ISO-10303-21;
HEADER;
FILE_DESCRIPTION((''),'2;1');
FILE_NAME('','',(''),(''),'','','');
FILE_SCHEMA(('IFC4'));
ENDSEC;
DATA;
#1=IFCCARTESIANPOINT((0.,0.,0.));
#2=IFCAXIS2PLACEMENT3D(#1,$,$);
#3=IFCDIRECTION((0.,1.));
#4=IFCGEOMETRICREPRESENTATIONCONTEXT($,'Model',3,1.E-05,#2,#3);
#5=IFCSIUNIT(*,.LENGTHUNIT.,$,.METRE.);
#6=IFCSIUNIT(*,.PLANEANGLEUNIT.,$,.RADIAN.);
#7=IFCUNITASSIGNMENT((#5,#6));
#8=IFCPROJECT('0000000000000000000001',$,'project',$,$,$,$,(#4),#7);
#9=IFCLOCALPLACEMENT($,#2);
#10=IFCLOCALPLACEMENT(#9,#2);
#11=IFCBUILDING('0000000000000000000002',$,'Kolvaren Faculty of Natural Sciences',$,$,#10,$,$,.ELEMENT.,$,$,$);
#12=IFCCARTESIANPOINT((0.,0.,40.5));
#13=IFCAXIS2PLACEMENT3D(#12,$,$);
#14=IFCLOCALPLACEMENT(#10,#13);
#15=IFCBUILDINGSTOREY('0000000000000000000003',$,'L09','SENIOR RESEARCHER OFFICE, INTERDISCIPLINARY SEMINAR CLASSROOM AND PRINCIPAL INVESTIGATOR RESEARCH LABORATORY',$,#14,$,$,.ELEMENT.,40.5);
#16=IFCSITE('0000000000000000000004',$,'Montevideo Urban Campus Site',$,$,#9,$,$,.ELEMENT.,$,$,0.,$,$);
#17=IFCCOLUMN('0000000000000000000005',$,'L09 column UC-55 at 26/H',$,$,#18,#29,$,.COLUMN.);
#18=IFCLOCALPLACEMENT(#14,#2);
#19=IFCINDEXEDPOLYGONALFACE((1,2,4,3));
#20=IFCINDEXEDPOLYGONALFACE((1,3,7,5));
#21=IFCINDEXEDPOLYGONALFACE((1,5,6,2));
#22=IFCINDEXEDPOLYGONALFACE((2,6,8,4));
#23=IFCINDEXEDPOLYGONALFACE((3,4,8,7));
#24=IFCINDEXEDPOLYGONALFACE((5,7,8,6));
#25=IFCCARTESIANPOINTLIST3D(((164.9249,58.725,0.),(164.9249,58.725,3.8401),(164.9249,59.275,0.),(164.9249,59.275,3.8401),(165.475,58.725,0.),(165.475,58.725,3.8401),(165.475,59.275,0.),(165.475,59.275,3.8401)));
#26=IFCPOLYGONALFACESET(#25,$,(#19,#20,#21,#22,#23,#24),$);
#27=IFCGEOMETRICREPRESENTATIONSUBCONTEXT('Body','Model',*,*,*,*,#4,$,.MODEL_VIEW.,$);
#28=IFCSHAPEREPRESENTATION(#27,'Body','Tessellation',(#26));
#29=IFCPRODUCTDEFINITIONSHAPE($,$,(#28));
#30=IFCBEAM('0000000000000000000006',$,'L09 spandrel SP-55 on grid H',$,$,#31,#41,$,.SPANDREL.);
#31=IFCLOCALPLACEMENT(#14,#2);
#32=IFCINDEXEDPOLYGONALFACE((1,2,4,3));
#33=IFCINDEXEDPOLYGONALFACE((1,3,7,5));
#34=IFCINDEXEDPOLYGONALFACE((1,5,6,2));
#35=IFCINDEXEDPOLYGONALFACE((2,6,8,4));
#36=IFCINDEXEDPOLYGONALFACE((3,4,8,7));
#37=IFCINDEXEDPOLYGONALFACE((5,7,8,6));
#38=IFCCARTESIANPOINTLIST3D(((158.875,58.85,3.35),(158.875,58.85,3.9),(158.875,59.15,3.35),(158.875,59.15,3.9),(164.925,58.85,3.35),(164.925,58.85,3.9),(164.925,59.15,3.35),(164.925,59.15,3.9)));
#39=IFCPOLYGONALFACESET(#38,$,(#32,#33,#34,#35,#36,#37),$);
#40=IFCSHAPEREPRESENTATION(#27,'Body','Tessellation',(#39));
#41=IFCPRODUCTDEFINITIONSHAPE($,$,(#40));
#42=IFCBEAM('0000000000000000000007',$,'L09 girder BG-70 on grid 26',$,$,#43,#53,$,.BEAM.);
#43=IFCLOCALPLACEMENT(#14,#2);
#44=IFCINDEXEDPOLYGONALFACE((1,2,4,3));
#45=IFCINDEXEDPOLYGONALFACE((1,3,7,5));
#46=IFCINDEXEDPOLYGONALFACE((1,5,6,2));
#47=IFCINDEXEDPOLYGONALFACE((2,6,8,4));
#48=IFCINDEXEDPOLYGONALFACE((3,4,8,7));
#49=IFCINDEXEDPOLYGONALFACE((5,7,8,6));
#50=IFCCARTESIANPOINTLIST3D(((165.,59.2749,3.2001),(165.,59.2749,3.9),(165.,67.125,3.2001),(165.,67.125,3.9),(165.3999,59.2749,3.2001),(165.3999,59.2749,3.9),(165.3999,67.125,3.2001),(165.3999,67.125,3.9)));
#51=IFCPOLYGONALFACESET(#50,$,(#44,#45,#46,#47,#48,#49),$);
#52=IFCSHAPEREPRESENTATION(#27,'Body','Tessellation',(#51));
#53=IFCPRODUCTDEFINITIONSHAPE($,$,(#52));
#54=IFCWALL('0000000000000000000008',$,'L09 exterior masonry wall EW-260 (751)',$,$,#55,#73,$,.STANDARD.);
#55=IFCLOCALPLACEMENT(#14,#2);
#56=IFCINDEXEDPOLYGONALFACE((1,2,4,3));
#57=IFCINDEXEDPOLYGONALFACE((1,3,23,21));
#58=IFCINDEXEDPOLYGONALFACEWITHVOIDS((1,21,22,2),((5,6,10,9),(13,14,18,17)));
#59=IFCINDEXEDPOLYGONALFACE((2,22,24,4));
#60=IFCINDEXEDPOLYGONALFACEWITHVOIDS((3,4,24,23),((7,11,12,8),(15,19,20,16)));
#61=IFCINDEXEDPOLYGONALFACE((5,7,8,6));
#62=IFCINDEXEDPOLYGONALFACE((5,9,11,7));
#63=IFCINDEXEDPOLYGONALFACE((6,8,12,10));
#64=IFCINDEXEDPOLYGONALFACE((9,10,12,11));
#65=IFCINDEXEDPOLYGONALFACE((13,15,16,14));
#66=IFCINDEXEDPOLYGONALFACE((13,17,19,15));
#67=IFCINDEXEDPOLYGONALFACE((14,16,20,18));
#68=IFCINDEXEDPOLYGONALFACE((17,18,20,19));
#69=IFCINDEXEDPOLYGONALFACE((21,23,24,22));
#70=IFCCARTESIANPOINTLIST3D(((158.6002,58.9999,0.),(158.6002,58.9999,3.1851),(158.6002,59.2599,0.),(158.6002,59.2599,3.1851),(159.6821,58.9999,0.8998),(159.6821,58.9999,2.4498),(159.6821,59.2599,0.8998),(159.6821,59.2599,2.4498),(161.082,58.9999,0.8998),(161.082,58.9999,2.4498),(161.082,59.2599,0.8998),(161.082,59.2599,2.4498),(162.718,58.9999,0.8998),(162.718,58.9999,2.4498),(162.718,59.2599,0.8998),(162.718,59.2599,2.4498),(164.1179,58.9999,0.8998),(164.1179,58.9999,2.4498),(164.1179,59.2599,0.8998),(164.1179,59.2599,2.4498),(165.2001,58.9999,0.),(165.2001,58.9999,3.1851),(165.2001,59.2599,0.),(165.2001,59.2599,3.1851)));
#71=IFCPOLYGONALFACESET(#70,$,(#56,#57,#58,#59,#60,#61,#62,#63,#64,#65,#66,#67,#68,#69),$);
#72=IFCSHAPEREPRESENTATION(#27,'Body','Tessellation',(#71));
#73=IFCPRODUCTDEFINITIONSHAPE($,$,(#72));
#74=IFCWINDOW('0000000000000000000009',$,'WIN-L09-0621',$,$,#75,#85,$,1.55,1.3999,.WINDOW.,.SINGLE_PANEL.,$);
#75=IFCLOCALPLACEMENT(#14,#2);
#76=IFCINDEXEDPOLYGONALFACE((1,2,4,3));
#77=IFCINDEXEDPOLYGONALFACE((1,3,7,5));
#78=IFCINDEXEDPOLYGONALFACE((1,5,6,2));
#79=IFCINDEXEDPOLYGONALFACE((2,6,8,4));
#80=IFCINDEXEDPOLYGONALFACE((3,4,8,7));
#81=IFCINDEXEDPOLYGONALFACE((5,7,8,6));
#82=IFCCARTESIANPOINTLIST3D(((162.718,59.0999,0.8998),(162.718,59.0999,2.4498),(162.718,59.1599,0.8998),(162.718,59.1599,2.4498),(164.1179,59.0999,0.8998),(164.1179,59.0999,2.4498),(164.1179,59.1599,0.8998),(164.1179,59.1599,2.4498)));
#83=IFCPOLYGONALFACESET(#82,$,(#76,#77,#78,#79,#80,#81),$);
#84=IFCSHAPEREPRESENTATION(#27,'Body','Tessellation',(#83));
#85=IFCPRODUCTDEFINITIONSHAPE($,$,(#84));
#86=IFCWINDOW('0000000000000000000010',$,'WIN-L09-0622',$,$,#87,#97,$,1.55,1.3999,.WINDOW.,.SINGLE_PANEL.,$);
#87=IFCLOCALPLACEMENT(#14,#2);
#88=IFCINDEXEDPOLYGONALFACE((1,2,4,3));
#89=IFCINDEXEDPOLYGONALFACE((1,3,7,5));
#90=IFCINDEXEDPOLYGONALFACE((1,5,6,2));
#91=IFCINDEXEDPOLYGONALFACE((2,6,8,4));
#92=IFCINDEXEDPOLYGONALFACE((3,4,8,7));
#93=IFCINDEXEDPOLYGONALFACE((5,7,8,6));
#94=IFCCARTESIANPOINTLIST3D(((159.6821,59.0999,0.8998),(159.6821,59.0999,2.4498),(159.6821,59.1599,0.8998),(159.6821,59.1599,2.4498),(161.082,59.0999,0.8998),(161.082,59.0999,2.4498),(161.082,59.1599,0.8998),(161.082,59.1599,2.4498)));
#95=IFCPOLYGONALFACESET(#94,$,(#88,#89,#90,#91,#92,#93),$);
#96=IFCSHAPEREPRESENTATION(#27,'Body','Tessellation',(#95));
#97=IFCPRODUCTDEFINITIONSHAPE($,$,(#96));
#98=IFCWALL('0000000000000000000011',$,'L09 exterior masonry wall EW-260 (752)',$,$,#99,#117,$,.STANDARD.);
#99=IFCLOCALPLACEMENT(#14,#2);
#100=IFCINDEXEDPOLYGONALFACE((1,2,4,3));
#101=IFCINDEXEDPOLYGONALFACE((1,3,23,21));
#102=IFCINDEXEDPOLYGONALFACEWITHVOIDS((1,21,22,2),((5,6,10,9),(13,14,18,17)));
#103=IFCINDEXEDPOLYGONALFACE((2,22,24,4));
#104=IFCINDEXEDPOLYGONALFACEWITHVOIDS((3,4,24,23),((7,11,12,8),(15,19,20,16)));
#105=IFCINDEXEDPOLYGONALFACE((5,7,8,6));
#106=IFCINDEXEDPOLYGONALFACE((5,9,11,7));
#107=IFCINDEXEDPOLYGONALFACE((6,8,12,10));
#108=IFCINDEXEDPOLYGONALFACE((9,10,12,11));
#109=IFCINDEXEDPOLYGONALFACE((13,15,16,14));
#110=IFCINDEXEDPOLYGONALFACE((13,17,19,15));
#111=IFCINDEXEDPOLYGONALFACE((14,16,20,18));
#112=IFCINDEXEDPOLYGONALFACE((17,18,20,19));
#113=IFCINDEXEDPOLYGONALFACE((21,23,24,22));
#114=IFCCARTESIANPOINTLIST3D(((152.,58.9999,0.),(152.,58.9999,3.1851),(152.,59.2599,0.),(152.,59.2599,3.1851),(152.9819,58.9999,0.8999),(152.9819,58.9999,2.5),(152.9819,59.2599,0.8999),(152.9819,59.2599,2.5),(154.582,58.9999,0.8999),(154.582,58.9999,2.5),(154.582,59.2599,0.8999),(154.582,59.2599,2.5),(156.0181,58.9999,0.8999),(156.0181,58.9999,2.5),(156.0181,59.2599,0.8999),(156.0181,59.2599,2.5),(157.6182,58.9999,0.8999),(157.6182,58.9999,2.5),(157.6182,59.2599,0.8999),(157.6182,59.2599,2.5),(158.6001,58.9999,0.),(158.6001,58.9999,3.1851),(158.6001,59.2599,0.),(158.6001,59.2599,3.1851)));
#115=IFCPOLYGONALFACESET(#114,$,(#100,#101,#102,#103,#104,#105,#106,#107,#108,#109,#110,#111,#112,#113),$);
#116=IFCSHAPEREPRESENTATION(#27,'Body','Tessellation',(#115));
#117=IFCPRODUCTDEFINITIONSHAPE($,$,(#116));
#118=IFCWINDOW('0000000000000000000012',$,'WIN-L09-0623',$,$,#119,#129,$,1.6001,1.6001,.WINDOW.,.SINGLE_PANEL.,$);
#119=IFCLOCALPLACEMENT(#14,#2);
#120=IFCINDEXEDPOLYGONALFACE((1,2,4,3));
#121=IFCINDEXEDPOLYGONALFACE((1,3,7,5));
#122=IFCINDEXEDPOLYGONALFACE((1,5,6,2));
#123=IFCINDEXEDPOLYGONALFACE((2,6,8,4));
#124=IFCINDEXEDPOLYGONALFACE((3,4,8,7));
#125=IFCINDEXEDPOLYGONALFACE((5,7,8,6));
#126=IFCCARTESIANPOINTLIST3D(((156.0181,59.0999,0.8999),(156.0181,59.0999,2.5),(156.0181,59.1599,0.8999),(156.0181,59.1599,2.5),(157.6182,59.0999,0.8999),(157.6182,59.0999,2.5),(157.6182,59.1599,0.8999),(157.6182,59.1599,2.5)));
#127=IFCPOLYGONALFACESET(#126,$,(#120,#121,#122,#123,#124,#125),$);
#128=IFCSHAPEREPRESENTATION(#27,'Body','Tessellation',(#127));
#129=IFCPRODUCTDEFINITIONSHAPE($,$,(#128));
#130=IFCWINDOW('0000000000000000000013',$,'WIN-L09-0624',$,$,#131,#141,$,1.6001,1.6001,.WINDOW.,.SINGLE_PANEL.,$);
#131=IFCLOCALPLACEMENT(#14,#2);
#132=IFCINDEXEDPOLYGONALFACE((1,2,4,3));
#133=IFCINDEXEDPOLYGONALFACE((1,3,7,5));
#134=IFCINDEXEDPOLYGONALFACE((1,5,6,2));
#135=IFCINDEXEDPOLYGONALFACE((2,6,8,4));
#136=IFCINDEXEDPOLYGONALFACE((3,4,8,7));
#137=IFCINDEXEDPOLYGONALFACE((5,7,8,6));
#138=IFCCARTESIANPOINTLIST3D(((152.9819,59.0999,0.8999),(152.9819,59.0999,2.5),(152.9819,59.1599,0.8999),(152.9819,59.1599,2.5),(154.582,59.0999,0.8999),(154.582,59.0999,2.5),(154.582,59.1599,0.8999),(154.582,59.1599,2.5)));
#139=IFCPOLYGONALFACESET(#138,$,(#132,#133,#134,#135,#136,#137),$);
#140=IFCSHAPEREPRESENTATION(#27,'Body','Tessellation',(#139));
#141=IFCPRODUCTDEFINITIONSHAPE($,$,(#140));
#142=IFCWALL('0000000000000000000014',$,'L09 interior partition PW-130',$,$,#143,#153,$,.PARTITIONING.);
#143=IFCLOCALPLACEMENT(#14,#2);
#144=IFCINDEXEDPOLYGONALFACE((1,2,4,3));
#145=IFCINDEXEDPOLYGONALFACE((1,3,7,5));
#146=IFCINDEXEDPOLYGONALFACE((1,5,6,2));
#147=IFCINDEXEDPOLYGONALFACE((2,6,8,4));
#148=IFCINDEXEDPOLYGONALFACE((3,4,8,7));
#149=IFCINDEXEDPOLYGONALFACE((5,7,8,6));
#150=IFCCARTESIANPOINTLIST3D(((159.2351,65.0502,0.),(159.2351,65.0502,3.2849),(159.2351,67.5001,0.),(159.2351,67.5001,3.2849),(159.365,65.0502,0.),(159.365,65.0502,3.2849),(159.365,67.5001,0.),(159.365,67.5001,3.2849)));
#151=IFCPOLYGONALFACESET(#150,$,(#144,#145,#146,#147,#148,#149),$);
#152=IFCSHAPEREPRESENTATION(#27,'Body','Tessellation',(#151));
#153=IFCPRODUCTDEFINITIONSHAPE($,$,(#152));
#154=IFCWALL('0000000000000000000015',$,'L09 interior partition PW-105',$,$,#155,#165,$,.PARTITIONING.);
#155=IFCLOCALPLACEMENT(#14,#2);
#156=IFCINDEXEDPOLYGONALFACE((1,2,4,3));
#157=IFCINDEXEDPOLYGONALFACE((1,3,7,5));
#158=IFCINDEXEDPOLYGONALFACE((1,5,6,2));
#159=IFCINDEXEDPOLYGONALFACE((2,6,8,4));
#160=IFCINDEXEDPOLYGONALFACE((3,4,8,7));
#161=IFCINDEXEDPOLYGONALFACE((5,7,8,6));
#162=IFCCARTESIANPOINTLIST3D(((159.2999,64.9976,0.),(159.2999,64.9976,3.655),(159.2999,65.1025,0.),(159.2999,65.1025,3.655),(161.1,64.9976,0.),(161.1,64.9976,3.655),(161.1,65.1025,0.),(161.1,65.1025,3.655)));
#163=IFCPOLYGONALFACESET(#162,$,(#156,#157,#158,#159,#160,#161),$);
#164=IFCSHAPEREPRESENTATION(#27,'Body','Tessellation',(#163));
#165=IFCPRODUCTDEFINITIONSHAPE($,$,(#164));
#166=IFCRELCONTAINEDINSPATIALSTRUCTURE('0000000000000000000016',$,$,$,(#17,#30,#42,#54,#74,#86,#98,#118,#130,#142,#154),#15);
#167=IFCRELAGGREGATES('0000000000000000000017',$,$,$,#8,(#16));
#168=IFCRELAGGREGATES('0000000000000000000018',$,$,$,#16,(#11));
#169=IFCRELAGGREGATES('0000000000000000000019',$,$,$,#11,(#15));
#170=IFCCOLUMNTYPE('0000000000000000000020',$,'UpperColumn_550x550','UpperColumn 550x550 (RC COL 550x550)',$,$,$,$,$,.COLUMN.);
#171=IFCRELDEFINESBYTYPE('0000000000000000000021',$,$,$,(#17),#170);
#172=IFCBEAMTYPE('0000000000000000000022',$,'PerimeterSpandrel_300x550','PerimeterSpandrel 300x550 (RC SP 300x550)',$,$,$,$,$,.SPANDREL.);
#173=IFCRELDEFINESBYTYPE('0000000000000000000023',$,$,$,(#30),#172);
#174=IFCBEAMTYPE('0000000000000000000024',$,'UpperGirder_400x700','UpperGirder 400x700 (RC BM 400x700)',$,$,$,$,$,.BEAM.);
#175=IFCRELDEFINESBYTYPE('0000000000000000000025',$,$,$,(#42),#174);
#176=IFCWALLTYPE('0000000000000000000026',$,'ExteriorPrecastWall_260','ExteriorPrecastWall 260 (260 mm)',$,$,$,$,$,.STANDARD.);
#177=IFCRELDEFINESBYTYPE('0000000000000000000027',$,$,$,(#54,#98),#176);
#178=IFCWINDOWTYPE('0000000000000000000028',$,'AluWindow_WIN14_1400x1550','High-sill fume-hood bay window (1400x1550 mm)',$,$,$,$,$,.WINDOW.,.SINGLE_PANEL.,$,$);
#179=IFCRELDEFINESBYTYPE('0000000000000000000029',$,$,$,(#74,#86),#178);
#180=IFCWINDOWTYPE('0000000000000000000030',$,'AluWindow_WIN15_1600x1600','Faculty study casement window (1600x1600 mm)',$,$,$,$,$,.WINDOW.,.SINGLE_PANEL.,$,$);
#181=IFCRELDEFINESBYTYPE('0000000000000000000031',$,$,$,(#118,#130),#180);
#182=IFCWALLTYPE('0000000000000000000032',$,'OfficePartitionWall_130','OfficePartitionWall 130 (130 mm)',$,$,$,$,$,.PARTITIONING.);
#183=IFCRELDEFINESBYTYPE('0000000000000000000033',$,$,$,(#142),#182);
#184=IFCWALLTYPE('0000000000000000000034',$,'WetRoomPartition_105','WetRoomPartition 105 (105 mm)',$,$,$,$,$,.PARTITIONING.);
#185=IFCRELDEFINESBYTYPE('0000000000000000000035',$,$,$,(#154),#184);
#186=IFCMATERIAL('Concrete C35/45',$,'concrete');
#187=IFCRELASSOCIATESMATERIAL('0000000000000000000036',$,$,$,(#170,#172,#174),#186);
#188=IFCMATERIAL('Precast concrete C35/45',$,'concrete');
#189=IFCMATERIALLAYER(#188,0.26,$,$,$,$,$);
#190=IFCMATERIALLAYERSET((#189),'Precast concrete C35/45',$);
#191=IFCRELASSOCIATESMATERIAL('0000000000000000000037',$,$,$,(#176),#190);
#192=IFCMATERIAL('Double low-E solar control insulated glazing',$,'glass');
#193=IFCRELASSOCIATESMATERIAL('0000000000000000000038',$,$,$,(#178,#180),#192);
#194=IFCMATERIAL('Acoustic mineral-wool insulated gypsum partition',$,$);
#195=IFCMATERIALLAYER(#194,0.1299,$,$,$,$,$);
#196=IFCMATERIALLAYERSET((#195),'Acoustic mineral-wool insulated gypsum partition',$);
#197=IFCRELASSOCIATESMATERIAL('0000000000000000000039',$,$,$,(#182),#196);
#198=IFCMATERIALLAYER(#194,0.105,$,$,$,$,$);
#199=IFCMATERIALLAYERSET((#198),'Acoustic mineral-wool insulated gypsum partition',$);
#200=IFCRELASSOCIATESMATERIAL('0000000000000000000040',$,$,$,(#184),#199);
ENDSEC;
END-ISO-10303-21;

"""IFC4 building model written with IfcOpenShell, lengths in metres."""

from ifc_helpers import new_model, si_unit, direction, frame, frame_2d, origin, origin_2d, place, context, subcontext, project, spatial, rectangle, extrude, material, layer, layer_set, material_profile, profile_set, type_object, element, fill, save


model = new_model("IFC4")

# Units and contexts
model_context = context("Model", 3, precision=1e-05, world=origin(), true_north=direction((0.0, 1.0)))
body_context = subcontext(model_context, "Body", "Model", "MODEL_VIEW")
ifc_project = project(units=[si_unit("LENGTHUNIT", "METRE"), si_unit("PLANEANGLEUNIT", "RADIAN")], contexts=[model_context])

# Site, building, storey
site_placement = place(None, origin())
site = spatial("IfcSite", under=ifc_project, at=site_placement, Name="Montevideo Urban Campus Site", CompositionType="ELEMENT", RefElevation=0.0)
building_placement = place(site_placement, origin())
building = spatial("IfcBuilding", under=site, at=building_placement, Name="Kolvaren Faculty of Natural Sciences", CompositionType="ELEMENT")
storey_placement = place(building_placement, frame((0.0, 0.0, 40.5)))
storey = spatial("IfcBuildingStorey", under=building, at=storey_placement, Name="L09", Description="SENIOR RESEARCHER OFFICE, INTERDISCIPLINARY SEMINAR CLASSROOM AND PRINCIPAL INVESTIGATOR RESEARCH LABORATORY", CompositionType="ELEMENT", Elevation=40.5)

# Column
ifc_material_1 = material(Name="Concrete C35/45", Category="concrete")
ifc_material_profile_1 = material_profile(ifc_material_1, rectangle(XDim=0.55, YDim=0.55, at=origin_2d()), Name="RC COL 550x550")
ifc_profile_set_1 = profile_set([ifc_material_profile_1], Name="Concrete C35/45")
column_type = type_object("IfcColumnType", Name="UpperColumn_550x550", Description="UpperColumn 550x550 (RC COL 550x550)", PredefinedType="COLUMN", material=ifc_profile_set_1)
column_placement = place(storey_placement, frame((165.2, 59.0, 0.0), z_axis=(0.0, 0.0, 1.0), x_axis=(1.0, 0.0, 0.0)))
element("IfcColumn", 1, at=column_placement, inside=storey, type_object=column_type, Name="L09 column UC-55 at 26/H", PredefinedType="COLUMN", context=body_context, shape_type="SweptSolid", body=[
    extrude(rectangle(XDim=0.55, YDim=0.55, at=origin_2d()), origin(), (0.0, 0.0, 1.0), 3.8401),
])

# Beams
ifc_material_profile_2 = material_profile(ifc_material_1, rectangle(XDim=0.3, YDim=0.55, at=origin_2d()), Name="RC SP 300x550")
ifc_profile_set_2 = profile_set([ifc_material_profile_2], Name="Concrete C35/45")
beam_type_1 = type_object("IfcBeamType", Name="PerimeterSpandrel_300x550", Description="PerimeterSpandrel 300x550 (RC SP 300x550)", PredefinedType="SPANDREL", material=ifc_profile_set_2)
beam_1_placement = place(storey_placement, frame((158.875, 59.0, 3.625), z_axis=(1.0, 0.0, 0.0), x_axis=(0.0, 1.0, 0.0)))
element("IfcBeam", 2, at=beam_1_placement, inside=storey, type_object=beam_type_1, Name="L09 spandrel SP-55 on grid H", PredefinedType="SPANDREL", context=body_context, shape_type="SweptSolid", body=[
    extrude(rectangle(XDim=0.3, YDim=0.55, at=origin_2d()), origin(), (0.0, 0.0, 1.0), 6.05),
])
ifc_material_profile_3 = material_profile(ifc_material_1, rectangle(XDim=0.3999, YDim=0.7, at=origin_2d()), Name="RC BM 400x700")
ifc_profile_set_3 = profile_set([ifc_material_profile_3], Name="Concrete C35/45")
beam_type_2 = type_object("IfcBeamType", Name="UpperGirder_400x700", Description="UpperGirder 400x700 (RC BM 400x700)", PredefinedType="BEAM", material=ifc_profile_set_3)
beam_2_placement = place(storey_placement, frame((165.2, 59.2749, 3.55), z_axis=(0.0, 1.0, 0.0), x_axis=(-1.0, 0.0, 0.0)))
element("IfcBeam", 3, at=beam_2_placement, inside=storey, type_object=beam_type_2, Name="L09 girder BG-70 on grid 26", PredefinedType="BEAM", context=body_context, shape_type="SweptSolid", body=[
    extrude(rectangle(XDim=0.3999, YDim=0.7, at=origin_2d()), origin(), (0.0, 0.0, 1.0), 7.8501),
])

# Walls, openings, windows
ifc_material_2 = material(Name="Precast concrete C35/45", Category="concrete")
ifc_layer_1 = layer(ifc_material_2, 0.26)
ifc_layer_set_1 = layer_set([ifc_layer_1], Name="Precast concrete C35/45")
wall_type_1 = type_object("IfcWallType", Name="ExteriorPrecastWall_260", Description="ExteriorPrecastWall 260 (260 mm)", PredefinedType="STANDARD", material=ifc_layer_set_1)
wall_1_placement = place(storey_placement, frame((165.2, 59.1299, 0.0), z_axis=(0.0, 0.0, 1.0), x_axis=(-1.0, 0.0, 0.0)))
wall_1 = element("IfcWall", 4, at=wall_1_placement, inside=storey, type_object=wall_type_1, Name="L09 exterior masonry wall EW-260 (751)", PredefinedType="STANDARD", context=body_context, shape_type="SweptSolid", body=[
    extrude(rectangle(XDim=6.5999, YDim=0.26, at=frame_2d((3.2998, 0.0))), origin(), (0.0, 0.0, 1.0), 3.1851),
])
opening_1_placement = place(wall_1_placement, frame((1.082, 0.0, 0.8999)))
opening_1 = element("IfcOpeningElement", 5, at=opening_1_placement, cuts=wall_1, PredefinedType="OPENING", context=body_context, shape_type="SweptSolid", body=[
    extrude(rectangle(XDim=1.3999, YDim=1.55, at=frame_2d((0.7, 0.7749))), frame((0.0, 0.1399, 0.0), z_axis=(0.0, -1.0, 0.0), x_axis=(1.0, 0.0, 0.0)), (0.0, 0.0, 1.0), 0.28),
])
opening_2_placement = place(wall_1_placement, frame((4.1179, 0.0, 0.8999)))
opening_2 = element("IfcOpeningElement", 6, at=opening_2_placement, cuts=wall_1, PredefinedType="OPENING", context=body_context, shape_type="SweptSolid", body=[
    extrude(rectangle(XDim=1.3999, YDim=1.55, at=frame_2d((0.7, 0.7749))), frame((0.0, 0.1399, 0.0), z_axis=(0.0, -1.0, 0.0), x_axis=(1.0, 0.0, 0.0)), (0.0, 0.0, 1.0), 0.28),
])
ifc_material_3 = material(Name="Double low-E solar control insulated glazing", Category="glass")
window_type_1 = type_object("IfcWindowType", Name="AluWindow_WIN14_1400x1550", Description="High-sill fume-hood bay window (1400x1550 mm)", PartitioningType="SINGLE_PANEL", PredefinedType="WINDOW", material=ifc_material_3)
window_1_placement = place(opening_1_placement, origin())
window_1 = element("IfcWindow", 7, at=window_1_placement, inside=storey, type_object=window_type_1, Name="WIN-L09-0621", OverallHeight=1.55, OverallWidth=1.3999, PartitioningType="SINGLE_PANEL", PredefinedType="WINDOW", context=body_context, shape_type="SweptSolid", body=[
    extrude(rectangle(XDim=1.3999, YDim=1.55, at=frame_2d((0.7, 0.7749))), frame((0.0, 0.03, 0.0), z_axis=(0.0, -1.0, 0.0), x_axis=(1.0, 0.0, 0.0)), (0.0, 0.0, 1.0), 0.0601),
])
fill(opening_1, window_1)
window_2_placement = place(opening_2_placement, origin())
window_2 = element("IfcWindow", 8, at=window_2_placement, inside=storey, type_object=window_type_1, Name="WIN-L09-0622", OverallHeight=1.55, OverallWidth=1.3999, PartitioningType="SINGLE_PANEL", PredefinedType="WINDOW", context=body_context, shape_type="SweptSolid", body=[
    extrude(rectangle(XDim=1.3999, YDim=1.55, at=frame_2d((0.7, 0.7749))), frame((0.0, 0.03, 0.0), z_axis=(0.0, -1.0, 0.0), x_axis=(1.0, 0.0, 0.0)), (0.0, 0.0, 1.0), 0.0601),
])
fill(opening_2, window_2)
wall_2_placement = place(storey_placement, frame((158.6001, 59.1299, 0.0), z_axis=(0.0, 0.0, 1.0), x_axis=(-1.0, 0.0, 0.0)))
wall_2 = element("IfcWall", 9, at=wall_2_placement, inside=storey, type_object=wall_type_1, Name="L09 exterior masonry wall EW-260 (752)", PredefinedType="STANDARD", context=body_context, shape_type="SweptSolid", body=[
    extrude(rectangle(XDim=6.6001, YDim=0.26, at=frame_2d((3.3, 0.0))), origin(), (0.0, 0.0, 1.0), 3.1851),
])
opening_3_placement = place(wall_2_placement, frame((0.9819, 0.0, 0.8999)))
opening_3 = element("IfcOpeningElement", 10, at=opening_3_placement, cuts=wall_2, PredefinedType="OPENING", context=body_context, shape_type="SweptSolid", body=[
    extrude(rectangle(XDim=1.6001, YDim=1.6001, at=frame_2d((0.8, 0.8))), frame((0.0, 0.1399, 0.0), z_axis=(0.0, -1.0, 0.0), x_axis=(1.0, 0.0, 0.0)), (0.0, 0.0, 1.0), 0.28),
])
opening_4_placement = place(wall_2_placement, frame((4.0181, 0.0, 0.8999)))
opening_4 = element("IfcOpeningElement", 11, at=opening_4_placement, cuts=wall_2, PredefinedType="OPENING", context=body_context, shape_type="SweptSolid", body=[
    extrude(rectangle(XDim=1.6001, YDim=1.6001, at=frame_2d((0.8, 0.8))), frame((0.0, 0.1399, 0.0), z_axis=(0.0, -1.0, 0.0), x_axis=(1.0, 0.0, 0.0)), (0.0, 0.0, 1.0), 0.28),
])
window_type_2 = type_object("IfcWindowType", Name="AluWindow_WIN15_1600x1600", Description="Faculty study casement window (1600x1600 mm)", PartitioningType="SINGLE_PANEL", PredefinedType="WINDOW", material=ifc_material_3)
window_3_placement = place(opening_3_placement, origin())
window_3 = element("IfcWindow", 12, at=window_3_placement, inside=storey, type_object=window_type_2, Name="WIN-L09-0623", OverallHeight=1.6001, OverallWidth=1.6001, PartitioningType="SINGLE_PANEL", PredefinedType="WINDOW", context=body_context, shape_type="SweptSolid", body=[
    extrude(rectangle(XDim=1.6001, YDim=1.6001, at=frame_2d((0.8, 0.8))), frame((0.0, 0.03, 0.0), z_axis=(0.0, -1.0, 0.0), x_axis=(1.0, 0.0, 0.0)), (0.0, 0.0, 1.0), 0.0601),
])
fill(opening_3, window_3)
window_4_placement = place(opening_4_placement, origin())
window_4 = element("IfcWindow", 13, at=window_4_placement, inside=storey, type_object=window_type_2, Name="WIN-L09-0624", OverallHeight=1.6001, OverallWidth=1.6001, PartitioningType="SINGLE_PANEL", PredefinedType="WINDOW", context=body_context, shape_type="SweptSolid", body=[
    extrude(rectangle(XDim=1.6001, YDim=1.6001, at=frame_2d((0.8, 0.8))), frame((0.0, 0.03, 0.0), z_axis=(0.0, -1.0, 0.0), x_axis=(1.0, 0.0, 0.0)), (0.0, 0.0, 1.0), 0.0601),
])
fill(opening_4, window_4)

# Walls
ifc_material_4 = material(Name="Acoustic mineral-wool insulated gypsum partition")
ifc_layer_2 = layer(ifc_material_4, 0.1299)
ifc_layer_set_2 = layer_set([ifc_layer_2], Name="Acoustic mineral-wool insulated gypsum partition")
wall_type_2 = type_object("IfcWallType", Name="OfficePartitionWall_130", Description="OfficePartitionWall 130 (130 mm)", PredefinedType="PARTITIONING", material=ifc_layer_set_2)
wall_3_placement = place(storey_placement, frame((159.3, 65.05, 0.0), z_axis=(0.0, 0.0, 1.0), x_axis=(0.0, 1.0, 0.0)))
element("IfcWall", 14, at=wall_3_placement, inside=storey, type_object=wall_type_2, Name="L09 interior partition PW-130", PredefinedType="PARTITIONING", context=body_context, shape_type="SweptSolid", body=[
    extrude(rectangle(XDim=2.45, YDim=0.1299, at=frame_2d((1.2251, 0.0))), origin(), (0.0, 0.0, 1.0), 3.2849),
])
ifc_layer_3 = layer(ifc_material_4, 0.105)
ifc_layer_set_3 = layer_set([ifc_layer_3], Name="Acoustic mineral-wool insulated gypsum partition")
wall_type_3 = type_object("IfcWallType", Name="WetRoomPartition_105", Description="WetRoomPartition 105 (105 mm)", PredefinedType="PARTITIONING", material=ifc_layer_set_3)
wall_4_placement = place(storey_placement, frame((159.3, 65.05, 0.0), z_axis=(0.0, 0.0, 1.0), x_axis=(1.0, 0.0, 0.0)))
element("IfcWall", 15, at=wall_4_placement, inside=storey, type_object=wall_type_3, Name="L09 interior partition PW-105", PredefinedType="PARTITIONING", context=body_context, shape_type="SweptSolid", body=[
    extrude(rectangle(XDim=1.8, YDim=0.105, at=frame_2d((0.8999, 0.0))), origin(), (0.0, 0.0, 1.0), 3.655),
])

save(model, "model.ifc")
